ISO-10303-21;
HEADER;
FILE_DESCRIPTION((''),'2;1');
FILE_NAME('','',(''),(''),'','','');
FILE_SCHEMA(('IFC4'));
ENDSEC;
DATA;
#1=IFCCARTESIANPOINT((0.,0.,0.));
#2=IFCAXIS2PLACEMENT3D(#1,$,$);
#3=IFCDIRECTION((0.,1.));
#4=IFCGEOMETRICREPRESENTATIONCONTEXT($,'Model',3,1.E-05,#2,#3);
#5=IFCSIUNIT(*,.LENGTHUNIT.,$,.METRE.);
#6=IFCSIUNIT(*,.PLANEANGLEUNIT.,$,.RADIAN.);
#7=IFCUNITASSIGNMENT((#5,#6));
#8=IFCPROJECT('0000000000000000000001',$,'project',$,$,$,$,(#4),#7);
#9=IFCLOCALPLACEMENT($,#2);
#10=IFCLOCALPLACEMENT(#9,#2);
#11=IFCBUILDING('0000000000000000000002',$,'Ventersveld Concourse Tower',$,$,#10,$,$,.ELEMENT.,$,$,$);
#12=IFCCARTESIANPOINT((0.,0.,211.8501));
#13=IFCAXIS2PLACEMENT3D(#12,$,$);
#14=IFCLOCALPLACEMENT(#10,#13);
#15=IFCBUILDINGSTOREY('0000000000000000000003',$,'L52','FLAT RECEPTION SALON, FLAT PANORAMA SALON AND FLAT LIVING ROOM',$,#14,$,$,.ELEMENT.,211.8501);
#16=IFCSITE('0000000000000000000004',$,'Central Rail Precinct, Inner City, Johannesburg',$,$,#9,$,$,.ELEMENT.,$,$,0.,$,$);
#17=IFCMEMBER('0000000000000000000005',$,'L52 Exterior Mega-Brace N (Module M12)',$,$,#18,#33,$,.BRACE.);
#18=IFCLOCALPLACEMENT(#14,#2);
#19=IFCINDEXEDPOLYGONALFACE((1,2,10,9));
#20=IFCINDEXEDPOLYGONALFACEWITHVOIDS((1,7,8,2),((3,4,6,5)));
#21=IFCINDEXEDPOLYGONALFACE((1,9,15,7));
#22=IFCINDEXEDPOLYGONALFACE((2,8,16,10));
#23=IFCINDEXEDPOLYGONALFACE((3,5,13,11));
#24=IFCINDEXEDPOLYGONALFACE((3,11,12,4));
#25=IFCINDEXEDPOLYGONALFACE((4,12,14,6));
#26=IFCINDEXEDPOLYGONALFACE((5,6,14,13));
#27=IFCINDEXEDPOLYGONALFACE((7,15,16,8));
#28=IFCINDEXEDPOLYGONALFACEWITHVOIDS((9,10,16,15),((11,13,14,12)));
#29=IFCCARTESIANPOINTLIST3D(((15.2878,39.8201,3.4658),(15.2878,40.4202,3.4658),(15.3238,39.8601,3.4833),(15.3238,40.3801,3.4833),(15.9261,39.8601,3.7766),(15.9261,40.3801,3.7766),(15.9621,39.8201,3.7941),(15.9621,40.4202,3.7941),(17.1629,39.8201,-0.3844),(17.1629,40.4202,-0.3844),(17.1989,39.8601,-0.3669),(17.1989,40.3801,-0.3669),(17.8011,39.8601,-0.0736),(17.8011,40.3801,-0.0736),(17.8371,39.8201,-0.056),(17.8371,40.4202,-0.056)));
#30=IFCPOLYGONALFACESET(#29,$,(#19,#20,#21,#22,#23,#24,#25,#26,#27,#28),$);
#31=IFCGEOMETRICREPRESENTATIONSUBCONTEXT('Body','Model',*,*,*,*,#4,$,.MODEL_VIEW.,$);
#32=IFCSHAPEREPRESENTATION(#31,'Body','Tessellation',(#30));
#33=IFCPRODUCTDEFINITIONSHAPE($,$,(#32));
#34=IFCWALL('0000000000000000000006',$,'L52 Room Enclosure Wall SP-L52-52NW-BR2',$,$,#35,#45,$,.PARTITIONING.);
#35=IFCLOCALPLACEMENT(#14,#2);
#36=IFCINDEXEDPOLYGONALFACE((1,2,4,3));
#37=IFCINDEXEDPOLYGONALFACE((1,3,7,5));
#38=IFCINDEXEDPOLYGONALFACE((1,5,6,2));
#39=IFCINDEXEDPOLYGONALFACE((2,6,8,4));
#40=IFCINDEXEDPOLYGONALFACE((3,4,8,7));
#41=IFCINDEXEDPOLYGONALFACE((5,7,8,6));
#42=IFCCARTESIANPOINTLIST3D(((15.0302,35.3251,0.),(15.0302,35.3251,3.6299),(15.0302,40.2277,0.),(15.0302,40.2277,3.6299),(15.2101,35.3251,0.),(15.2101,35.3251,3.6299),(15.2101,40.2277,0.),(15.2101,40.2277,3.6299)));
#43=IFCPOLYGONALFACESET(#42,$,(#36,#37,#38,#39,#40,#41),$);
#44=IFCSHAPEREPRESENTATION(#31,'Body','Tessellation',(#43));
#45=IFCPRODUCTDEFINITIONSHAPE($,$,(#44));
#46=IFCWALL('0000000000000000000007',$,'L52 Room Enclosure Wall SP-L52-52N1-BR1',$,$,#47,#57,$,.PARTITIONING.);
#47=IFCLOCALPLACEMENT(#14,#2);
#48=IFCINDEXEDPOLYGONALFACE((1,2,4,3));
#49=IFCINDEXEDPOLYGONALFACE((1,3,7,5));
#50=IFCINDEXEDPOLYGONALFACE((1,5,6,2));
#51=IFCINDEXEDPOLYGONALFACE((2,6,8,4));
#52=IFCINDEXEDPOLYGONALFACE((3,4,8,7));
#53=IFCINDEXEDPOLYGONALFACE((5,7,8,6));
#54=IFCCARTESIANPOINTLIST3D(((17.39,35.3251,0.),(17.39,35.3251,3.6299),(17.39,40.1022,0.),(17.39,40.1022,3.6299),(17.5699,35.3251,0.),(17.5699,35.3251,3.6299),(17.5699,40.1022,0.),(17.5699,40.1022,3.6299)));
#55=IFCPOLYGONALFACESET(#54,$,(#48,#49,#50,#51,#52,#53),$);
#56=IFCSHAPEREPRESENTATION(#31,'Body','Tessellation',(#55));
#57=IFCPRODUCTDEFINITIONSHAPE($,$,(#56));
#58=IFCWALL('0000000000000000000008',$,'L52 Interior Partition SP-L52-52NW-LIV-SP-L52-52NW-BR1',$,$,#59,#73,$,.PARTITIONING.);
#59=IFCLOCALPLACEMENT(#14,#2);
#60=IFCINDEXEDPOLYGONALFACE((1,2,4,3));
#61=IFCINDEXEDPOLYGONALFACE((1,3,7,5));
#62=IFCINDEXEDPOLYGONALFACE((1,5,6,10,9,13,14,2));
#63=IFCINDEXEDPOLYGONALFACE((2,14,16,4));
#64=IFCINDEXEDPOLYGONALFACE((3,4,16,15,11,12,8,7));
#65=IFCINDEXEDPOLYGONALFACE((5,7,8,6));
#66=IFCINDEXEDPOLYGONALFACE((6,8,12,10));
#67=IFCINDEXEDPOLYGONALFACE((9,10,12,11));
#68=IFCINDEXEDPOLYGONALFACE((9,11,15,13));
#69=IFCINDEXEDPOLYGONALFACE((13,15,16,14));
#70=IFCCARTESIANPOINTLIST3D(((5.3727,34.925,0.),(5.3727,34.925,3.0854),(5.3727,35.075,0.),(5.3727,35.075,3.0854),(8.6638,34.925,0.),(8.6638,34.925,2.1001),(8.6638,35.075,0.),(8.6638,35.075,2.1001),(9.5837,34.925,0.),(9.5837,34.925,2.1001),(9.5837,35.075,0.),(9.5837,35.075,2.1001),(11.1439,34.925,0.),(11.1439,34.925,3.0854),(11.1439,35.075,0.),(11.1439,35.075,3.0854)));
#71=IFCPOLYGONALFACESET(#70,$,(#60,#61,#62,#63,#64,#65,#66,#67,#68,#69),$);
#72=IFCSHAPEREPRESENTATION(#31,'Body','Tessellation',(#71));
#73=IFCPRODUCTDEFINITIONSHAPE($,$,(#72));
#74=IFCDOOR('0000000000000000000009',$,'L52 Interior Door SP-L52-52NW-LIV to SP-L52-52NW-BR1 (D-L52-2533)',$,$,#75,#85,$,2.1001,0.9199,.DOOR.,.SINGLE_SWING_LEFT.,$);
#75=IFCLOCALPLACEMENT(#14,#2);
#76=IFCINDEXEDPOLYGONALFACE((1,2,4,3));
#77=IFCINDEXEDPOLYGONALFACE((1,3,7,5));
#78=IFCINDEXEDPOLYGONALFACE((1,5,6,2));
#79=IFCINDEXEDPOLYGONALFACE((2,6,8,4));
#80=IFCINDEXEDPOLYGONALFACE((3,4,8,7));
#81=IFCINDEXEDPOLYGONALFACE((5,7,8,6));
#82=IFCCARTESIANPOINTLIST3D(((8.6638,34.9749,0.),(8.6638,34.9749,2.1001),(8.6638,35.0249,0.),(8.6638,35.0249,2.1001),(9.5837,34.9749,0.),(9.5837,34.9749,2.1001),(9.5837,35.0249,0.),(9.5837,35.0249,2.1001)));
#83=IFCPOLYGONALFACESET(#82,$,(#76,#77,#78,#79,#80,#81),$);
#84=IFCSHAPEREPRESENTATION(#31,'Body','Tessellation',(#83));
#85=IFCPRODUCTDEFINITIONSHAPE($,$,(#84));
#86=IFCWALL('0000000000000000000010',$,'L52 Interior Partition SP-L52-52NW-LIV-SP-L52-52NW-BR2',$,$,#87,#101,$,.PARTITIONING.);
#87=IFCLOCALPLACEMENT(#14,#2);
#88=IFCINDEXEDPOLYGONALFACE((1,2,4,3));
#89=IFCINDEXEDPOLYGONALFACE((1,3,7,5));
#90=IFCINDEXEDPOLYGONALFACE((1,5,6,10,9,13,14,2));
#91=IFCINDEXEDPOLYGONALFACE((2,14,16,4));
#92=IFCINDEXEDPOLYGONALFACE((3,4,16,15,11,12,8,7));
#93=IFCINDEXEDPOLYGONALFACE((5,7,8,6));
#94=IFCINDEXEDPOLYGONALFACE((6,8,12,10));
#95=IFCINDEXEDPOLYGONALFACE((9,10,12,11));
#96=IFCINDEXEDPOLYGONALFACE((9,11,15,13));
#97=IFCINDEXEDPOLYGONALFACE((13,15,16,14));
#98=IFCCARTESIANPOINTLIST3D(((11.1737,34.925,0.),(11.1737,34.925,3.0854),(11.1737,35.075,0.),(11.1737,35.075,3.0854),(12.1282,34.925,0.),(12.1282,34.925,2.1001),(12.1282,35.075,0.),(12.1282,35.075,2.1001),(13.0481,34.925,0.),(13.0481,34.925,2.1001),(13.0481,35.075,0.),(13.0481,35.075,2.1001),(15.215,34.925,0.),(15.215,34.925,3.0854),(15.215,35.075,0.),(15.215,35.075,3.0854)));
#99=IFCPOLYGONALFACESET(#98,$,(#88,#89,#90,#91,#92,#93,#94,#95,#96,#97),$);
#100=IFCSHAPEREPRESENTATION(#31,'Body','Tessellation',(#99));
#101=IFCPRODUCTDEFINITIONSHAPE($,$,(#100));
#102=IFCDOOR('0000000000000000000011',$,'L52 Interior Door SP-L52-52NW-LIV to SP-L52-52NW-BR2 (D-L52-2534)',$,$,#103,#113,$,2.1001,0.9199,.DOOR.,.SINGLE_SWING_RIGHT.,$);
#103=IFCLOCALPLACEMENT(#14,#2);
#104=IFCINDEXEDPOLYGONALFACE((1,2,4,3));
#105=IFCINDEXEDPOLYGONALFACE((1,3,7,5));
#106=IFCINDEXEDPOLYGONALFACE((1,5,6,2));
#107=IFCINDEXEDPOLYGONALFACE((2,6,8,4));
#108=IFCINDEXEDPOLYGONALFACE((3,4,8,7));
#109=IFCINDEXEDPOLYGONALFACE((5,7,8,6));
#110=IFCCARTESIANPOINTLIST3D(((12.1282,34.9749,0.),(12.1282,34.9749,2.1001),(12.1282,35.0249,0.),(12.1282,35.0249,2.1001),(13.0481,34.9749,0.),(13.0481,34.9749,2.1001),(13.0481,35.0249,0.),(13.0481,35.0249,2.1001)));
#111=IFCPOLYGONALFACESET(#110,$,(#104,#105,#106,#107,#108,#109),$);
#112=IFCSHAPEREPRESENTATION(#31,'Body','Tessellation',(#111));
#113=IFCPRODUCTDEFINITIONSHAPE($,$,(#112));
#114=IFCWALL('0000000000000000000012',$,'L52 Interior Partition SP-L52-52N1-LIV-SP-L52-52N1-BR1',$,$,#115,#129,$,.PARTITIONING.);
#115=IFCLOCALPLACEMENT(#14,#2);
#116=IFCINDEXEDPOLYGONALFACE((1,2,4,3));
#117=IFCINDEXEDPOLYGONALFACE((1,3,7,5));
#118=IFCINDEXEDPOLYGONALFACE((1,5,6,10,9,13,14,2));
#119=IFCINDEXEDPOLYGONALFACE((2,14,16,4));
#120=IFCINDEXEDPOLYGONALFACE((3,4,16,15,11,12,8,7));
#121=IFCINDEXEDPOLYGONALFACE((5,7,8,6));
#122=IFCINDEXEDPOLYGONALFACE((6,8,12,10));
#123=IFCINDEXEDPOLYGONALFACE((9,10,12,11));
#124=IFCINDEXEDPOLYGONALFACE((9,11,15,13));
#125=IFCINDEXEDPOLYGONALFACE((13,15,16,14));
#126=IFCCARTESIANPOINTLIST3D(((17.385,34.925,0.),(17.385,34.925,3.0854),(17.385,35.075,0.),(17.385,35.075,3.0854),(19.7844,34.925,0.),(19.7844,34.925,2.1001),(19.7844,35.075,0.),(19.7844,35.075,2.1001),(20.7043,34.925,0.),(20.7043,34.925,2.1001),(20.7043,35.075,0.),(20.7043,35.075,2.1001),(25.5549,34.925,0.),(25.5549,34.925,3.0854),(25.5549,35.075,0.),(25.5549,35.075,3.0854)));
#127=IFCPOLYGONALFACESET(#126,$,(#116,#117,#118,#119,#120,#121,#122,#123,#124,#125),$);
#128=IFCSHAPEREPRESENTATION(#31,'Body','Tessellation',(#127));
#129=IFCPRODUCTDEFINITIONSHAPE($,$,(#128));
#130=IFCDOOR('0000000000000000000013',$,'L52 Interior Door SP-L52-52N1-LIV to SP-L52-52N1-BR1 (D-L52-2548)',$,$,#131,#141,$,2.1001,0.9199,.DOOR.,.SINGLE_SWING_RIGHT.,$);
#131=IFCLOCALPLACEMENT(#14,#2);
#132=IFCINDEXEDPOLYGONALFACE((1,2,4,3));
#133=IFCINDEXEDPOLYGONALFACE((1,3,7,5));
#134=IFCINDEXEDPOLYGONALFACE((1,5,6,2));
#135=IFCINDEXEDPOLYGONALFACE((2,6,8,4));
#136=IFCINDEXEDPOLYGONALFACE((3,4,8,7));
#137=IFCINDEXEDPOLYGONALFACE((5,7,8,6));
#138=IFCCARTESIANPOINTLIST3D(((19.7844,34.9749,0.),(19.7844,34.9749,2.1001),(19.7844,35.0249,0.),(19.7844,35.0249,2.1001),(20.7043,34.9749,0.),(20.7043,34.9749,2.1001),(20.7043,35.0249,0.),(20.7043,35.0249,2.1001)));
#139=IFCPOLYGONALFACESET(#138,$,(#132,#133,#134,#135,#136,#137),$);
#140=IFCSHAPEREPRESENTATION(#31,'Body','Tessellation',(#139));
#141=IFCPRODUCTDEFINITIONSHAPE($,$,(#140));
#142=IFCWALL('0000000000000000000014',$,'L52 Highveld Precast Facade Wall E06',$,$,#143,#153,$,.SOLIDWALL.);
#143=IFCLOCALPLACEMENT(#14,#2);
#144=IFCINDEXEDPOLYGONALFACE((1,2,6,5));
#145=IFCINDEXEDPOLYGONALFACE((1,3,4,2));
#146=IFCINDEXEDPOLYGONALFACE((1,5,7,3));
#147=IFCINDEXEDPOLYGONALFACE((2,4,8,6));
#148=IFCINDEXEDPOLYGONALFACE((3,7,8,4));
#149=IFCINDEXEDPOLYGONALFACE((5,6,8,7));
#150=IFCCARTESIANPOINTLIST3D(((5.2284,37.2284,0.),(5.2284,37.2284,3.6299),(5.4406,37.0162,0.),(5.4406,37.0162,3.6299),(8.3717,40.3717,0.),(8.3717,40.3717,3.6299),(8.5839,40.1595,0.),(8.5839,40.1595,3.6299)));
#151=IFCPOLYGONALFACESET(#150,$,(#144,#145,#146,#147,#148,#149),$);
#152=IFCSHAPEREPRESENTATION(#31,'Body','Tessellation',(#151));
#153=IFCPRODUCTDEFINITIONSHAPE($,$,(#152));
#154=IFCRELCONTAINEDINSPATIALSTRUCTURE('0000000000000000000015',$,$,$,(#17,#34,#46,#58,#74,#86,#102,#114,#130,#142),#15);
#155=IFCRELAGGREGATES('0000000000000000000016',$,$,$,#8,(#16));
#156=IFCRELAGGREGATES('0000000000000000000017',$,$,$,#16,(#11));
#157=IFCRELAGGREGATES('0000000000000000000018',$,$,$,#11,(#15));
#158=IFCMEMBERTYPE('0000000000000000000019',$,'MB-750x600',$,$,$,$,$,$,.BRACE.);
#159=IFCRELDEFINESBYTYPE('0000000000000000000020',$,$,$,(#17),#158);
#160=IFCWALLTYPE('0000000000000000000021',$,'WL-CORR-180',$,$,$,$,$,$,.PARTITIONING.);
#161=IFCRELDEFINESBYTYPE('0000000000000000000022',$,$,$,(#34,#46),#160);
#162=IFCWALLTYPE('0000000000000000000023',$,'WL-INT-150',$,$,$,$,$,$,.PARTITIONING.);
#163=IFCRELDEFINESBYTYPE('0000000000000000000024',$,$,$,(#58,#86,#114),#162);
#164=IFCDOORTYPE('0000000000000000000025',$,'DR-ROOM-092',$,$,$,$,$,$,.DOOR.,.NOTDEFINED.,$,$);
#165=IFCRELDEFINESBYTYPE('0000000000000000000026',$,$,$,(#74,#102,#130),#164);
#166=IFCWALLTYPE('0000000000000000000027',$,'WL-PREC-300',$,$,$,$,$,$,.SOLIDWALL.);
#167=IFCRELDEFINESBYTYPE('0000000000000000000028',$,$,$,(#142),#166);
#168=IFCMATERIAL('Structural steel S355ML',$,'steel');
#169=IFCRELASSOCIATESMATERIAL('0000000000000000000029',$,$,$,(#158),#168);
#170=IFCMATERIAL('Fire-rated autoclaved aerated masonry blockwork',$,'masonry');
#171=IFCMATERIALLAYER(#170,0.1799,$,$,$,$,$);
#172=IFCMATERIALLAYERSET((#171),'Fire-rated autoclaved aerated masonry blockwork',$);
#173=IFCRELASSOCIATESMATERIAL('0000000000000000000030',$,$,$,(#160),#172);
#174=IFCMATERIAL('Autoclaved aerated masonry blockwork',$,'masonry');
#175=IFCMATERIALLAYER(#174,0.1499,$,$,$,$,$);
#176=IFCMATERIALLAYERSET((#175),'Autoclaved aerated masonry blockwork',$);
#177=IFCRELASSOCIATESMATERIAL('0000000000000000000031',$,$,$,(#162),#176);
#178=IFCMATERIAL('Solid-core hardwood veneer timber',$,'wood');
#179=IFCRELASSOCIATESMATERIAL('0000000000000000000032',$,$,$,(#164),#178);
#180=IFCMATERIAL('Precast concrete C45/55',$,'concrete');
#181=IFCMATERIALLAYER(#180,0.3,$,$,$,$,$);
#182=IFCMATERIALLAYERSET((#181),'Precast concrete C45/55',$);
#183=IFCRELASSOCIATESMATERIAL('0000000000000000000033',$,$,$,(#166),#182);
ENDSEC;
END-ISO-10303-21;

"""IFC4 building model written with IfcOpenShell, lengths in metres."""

from ifc_helpers import new_model, si_unit, direction, frame, frame_2d, origin, origin_2d, place, context, subcontext, project, spatial, rectangle, hollow_rectangle, extrude, material, layer, layer_set, material_profile, profile_set, type_object, element, fill, save


model = new_model("IFC4")

# Units and contexts
model_context = context("Model", 3, precision=1e-05, world=origin(), true_north=direction((0.0, 1.0)))
body_context = subcontext(model_context, "Body", "Model", "MODEL_VIEW")
ifc_project = project(units=[si_unit("LENGTHUNIT", "METRE"), si_unit("PLANEANGLEUNIT", "RADIAN")], contexts=[model_context])

# Site, building, storey
site_placement = place(None, origin())
site = spatial("IfcSite", under=ifc_project, at=site_placement, Name="Central Rail Precinct, Inner City, Johannesburg", CompositionType="ELEMENT", RefElevation=0.0)
building_placement = place(site_placement, origin())
building = spatial("IfcBuilding", under=site, at=building_placement, Name="Ventersveld Concourse Tower", CompositionType="ELEMENT")
storey_placement = place(building_placement, frame((0.0, 0.0, 211.8501)))
storey = spatial("IfcBuildingStorey", under=building, at=storey_placement, Name="L52", Description="FLAT RECEPTION SALON, FLAT PANORAMA SALON AND FLAT LIVING ROOM", CompositionType="ELEMENT", Elevation=211.8501)

# Member
ifc_material_1 = material(Name="Structural steel S355ML", Category="steel")
ifc_material_profile_1 = material_profile(ifc_material_1, hollow_rectangle(XDim=0.6001, YDim=0.75, WallThickness=0.04, at=origin_2d()), Name="BOX 750x600x40")
ifc_profile_set_1 = profile_set([ifc_material_profile_1], Name="Structural steel S355ML")
member_type = type_object("IfcMemberType", Name="MB-750x600", PredefinedType="BRACE", material=ifc_profile_set_1)
member_placement = place(storey_placement, frame((17.5, 40.1201, -0.2202), z_axis=(-0.437839, 0.0, 0.899053), x_axis=(0.0, -1.0, 0.0)))
element("IfcMember", 1, at=member_placement, inside=storey, type_object=member_type, Name="L52 Exterior Mega-Brace N (Module M12)", PredefinedType="BRACE", context=body_context, shape_type="SweptSolid", body=[
    extrude(hollow_rectangle(XDim=0.6001, YDim=0.75, WallThickness=0.04, at=origin_2d()), origin(), (0.0, 0.0, 1.0), 4.2825),
])

# Walls
ifc_material_2 = material(Name="Fire-rated autoclaved aerated masonry blockwork", Category="masonry")
ifc_layer_1 = layer(ifc_material_2, 0.1799)
ifc_layer_set_1 = layer_set([ifc_layer_1], Name="Fire-rated autoclaved aerated masonry blockwork")
wall_type_1 = type_object("IfcWallType", Name="WL-CORR-180", PredefinedType="PARTITIONING", material=ifc_layer_set_1)
wall_1_placement = place(storey_placement, frame((15.1201, 40.2275, 0.0), z_axis=(0.0, 0.0, 1.0), x_axis=(0.0, -1.0, 0.0)))
element("IfcWall", 2, at=wall_1_placement, inside=storey, type_object=wall_type_1, Name="L52 Room Enclosure Wall SP-L52-52NW-BR2", PredefinedType="PARTITIONING", context=body_context, shape_type="SweptSolid", body=[
    extrude(rectangle(XDim=4.9026, YDim=0.1799, at=frame_2d((2.4512, 0.0))), origin(), (0.0, 0.0, 1.0), 3.6299),
])
wall_2_placement = place(storey_placement, frame((17.48, 35.325, 0.0), z_axis=(0.0, 0.0, 1.0), x_axis=(0.0, 1.0, 0.0)))
element("IfcWall", 3, at=wall_2_placement, inside=storey, type_object=wall_type_1, Name="L52 Room Enclosure Wall SP-L52-52N1-BR1", PredefinedType="PARTITIONING", context=body_context, shape_type="SweptSolid", body=[
    extrude(rectangle(XDim=4.7771, YDim=0.1799, at=frame_2d((2.3887, 0.0))), origin(), (0.0, 0.0, 1.0), 3.6299),
])

# Walls, openings, doors
ifc_material_3 = material(Name="Autoclaved aerated masonry blockwork", Category="masonry")
ifc_layer_2 = layer(ifc_material_3, 0.1499)
ifc_layer_set_2 = layer_set([ifc_layer_2], Name="Autoclaved aerated masonry blockwork")
wall_type_2 = type_object("IfcWallType", Name="WL-INT-150", PredefinedType="PARTITIONING", material=ifc_layer_set_2)
wall_3_placement = place(storey_placement, frame((5.3726, 35.0, 0.0), z_axis=(0.0, 0.0, 1.0), x_axis=(1.0, 0.0, 0.0)))
wall_3 = element("IfcWall", 4, at=wall_3_placement, inside=storey, type_object=wall_type_2, Name="L52 Interior Partition SP-L52-52NW-LIV-SP-L52-52NW-BR1", PredefinedType="PARTITIONING", context=body_context, shape_type="SweptSolid", body=[
    extrude(rectangle(XDim=5.7712, YDim=0.1499, at=frame_2d((2.8857, 0.0))), origin(), (0.0, 0.0, 1.0), 3.0854),
])
opening_1_placement = place(wall_3_placement, frame((3.2913, 0.0, 0.0)))
opening_1 = element("IfcOpeningElement", 5, at=opening_1_placement, cuts=wall_3, PredefinedType="OPENING", context=body_context, shape_type="SweptSolid", body=[
    extrude(rectangle(XDim=0.9199, YDim=2.1001, at=frame_2d((0.46, 1.05))), frame((0.0, 0.085, 0.0), z_axis=(0.0, -1.0, 0.0), x_axis=(1.0, 0.0, 0.0)), (0.0, 0.0, 1.0), 0.1699),
])
ifc_material_4 = material(Name="Solid-core hardwood veneer timber", Category="wood")
door_type = type_object("IfcDoorType", Name="DR-ROOM-092", OperationType="NOTDEFINED", PredefinedType="DOOR", material=ifc_material_4)
door_1_placement = place(opening_1_placement, origin())
door_1 = element("IfcDoor", 6, at=door_1_placement, inside=storey, type_object=door_type, Name="L52 Interior Door SP-L52-52NW-LIV to SP-L52-52NW-BR1 (D-L52-2533)", OperationType="SINGLE_SWING_LEFT", OverallHeight=2.1001, OverallWidth=0.9199, PredefinedType="DOOR", context=body_context, shape_type="SweptSolid", body=[
    extrude(rectangle(XDim=0.9199, YDim=2.1001, at=frame_2d((0.46, 1.05))), frame((0.0, 0.0249, 0.0), z_axis=(0.0, -1.0, 0.0), x_axis=(1.0, 0.0, 0.0)), (0.0, 0.0, 1.0), 0.05),
])
fill(opening_1, door_1)
wall_4_placement = place(storey_placement, frame((11.1738, 35.0, 0.0), z_axis=(0.0, 0.0, 1.0), x_axis=(1.0, 0.0, 0.0)))
wall_4 = element("IfcWall", 7, at=wall_4_placement, inside=storey, type_object=wall_type_2, Name="L52 Interior Partition SP-L52-52NW-LIV-SP-L52-52NW-BR2", PredefinedType="PARTITIONING", context=body_context, shape_type="SweptSolid", body=[
    extrude(rectangle(XDim=4.0413, YDim=0.1499, at=frame_2d((2.0205, 0.0))), origin(), (0.0, 0.0, 1.0), 3.0854),
])
opening_2_placement = place(wall_4_placement, frame((0.9543, 0.0, 0.0)))
opening_2 = element("IfcOpeningElement", 8, at=opening_2_placement, cuts=wall_4, PredefinedType="OPENING", context=body_context, shape_type="SweptSolid", body=[
    extrude(rectangle(XDim=0.9199, YDim=2.1001, at=frame_2d((0.46, 1.05))), frame((0.0, 0.085, 0.0), z_axis=(0.0, -1.0, 0.0), x_axis=(1.0, 0.0, 0.0)), (0.0, 0.0, 1.0), 0.1699),
])
door_2_placement = place(opening_2_placement, origin())
door_2 = element("IfcDoor", 9, at=door_2_placement, inside=storey, type_object=door_type, Name="L52 Interior Door SP-L52-52NW-LIV to SP-L52-52NW-BR2 (D-L52-2534)", OperationType="SINGLE_SWING_RIGHT", OverallHeight=2.1001, OverallWidth=0.9199, PredefinedType="DOOR", context=body_context, shape_type="SweptSolid", body=[
    extrude(rectangle(XDim=0.9199, YDim=2.1001, at=frame_2d((0.46, 1.05))), frame((0.0, 0.0249, 0.0), z_axis=(0.0, -1.0, 0.0), x_axis=(1.0, 0.0, 0.0)), (0.0, 0.0, 1.0), 0.05),
])
fill(opening_2, door_2)
wall_5_placement = place(storey_placement, frame((17.385, 35.0, 0.0), z_axis=(0.0, 0.0, 1.0), x_axis=(1.0, 0.0, 0.0)))
wall_5 = element("IfcWall", 10, at=wall_5_placement, inside=storey, type_object=wall_type_2, Name="L52 Interior Partition SP-L52-52N1-LIV-SP-L52-52N1-BR1", PredefinedType="PARTITIONING", context=body_context, shape_type="SweptSolid", body=[
    extrude(rectangle(XDim=8.1699, YDim=0.1499, at=frame_2d((4.085, 0.0))), origin(), (0.0, 0.0, 1.0), 3.0854),
])
opening_3_placement = place(wall_5_placement, frame((2.3994, 0.0, 0.0)))
opening_3 = element("IfcOpeningElement", 11, at=opening_3_placement, cuts=wall_5, PredefinedType="OPENING", context=body_context, shape_type="SweptSolid", body=[
    extrude(rectangle(XDim=0.9199, YDim=2.1001, at=frame_2d((0.46, 1.05))), frame((0.0, 0.085, 0.0), z_axis=(0.0, -1.0, 0.0), x_axis=(1.0, 0.0, 0.0)), (0.0, 0.0, 1.0), 0.1699),
])
door_3_placement = place(opening_3_placement, origin())
door_3 = element("IfcDoor", 12, at=door_3_placement, inside=storey, type_object=door_type, Name="L52 Interior Door SP-L52-52N1-LIV to SP-L52-52N1-BR1 (D-L52-2548)", OperationType="SINGLE_SWING_RIGHT", OverallHeight=2.1001, OverallWidth=0.9199, PredefinedType="DOOR", context=body_context, shape_type="SweptSolid", body=[
    extrude(rectangle(XDim=0.9199, YDim=2.1001, at=frame_2d((0.46, 1.05))), frame((0.0, 0.0249, 0.0), z_axis=(0.0, -1.0, 0.0), x_axis=(1.0, 0.0, 0.0)), (0.0, 0.0, 1.0), 0.05),
])
fill(opening_3, door_3)

# Wall
ifc_material_5 = material(Name="Precast concrete C45/55", Category="concrete")
ifc_layer_3 = layer(ifc_material_5, 0.3)
ifc_layer_set_3 = layer_set([ifc_layer_3], Name="Precast concrete C45/55")
wall_type_3 = type_object("IfcWallType", Name="WL-PREC-300", PredefinedType="SOLIDWALL", material=ifc_layer_set_3)
wall_6_placement = place(storey_placement, frame((8.4778, 40.2656, 0.0), z_axis=(0.0, 0.0, 1.0), x_axis=(-0.707107, -0.707107, 0.0)))
element("IfcWall", 13, at=wall_6_placement, inside=storey, type_object=wall_type_3, Name="L52 Highveld Precast Facade Wall E06", PredefinedType="SOLIDWALL", context=body_context, shape_type="SweptSolid", body=[
    extrude(rectangle(XDim=4.4453, YDim=0.3, at=frame_2d((2.2227, 0.0))), origin(), (0.0, 0.0, 1.0), 3.6299),
])

save(model, "model.ifc")
